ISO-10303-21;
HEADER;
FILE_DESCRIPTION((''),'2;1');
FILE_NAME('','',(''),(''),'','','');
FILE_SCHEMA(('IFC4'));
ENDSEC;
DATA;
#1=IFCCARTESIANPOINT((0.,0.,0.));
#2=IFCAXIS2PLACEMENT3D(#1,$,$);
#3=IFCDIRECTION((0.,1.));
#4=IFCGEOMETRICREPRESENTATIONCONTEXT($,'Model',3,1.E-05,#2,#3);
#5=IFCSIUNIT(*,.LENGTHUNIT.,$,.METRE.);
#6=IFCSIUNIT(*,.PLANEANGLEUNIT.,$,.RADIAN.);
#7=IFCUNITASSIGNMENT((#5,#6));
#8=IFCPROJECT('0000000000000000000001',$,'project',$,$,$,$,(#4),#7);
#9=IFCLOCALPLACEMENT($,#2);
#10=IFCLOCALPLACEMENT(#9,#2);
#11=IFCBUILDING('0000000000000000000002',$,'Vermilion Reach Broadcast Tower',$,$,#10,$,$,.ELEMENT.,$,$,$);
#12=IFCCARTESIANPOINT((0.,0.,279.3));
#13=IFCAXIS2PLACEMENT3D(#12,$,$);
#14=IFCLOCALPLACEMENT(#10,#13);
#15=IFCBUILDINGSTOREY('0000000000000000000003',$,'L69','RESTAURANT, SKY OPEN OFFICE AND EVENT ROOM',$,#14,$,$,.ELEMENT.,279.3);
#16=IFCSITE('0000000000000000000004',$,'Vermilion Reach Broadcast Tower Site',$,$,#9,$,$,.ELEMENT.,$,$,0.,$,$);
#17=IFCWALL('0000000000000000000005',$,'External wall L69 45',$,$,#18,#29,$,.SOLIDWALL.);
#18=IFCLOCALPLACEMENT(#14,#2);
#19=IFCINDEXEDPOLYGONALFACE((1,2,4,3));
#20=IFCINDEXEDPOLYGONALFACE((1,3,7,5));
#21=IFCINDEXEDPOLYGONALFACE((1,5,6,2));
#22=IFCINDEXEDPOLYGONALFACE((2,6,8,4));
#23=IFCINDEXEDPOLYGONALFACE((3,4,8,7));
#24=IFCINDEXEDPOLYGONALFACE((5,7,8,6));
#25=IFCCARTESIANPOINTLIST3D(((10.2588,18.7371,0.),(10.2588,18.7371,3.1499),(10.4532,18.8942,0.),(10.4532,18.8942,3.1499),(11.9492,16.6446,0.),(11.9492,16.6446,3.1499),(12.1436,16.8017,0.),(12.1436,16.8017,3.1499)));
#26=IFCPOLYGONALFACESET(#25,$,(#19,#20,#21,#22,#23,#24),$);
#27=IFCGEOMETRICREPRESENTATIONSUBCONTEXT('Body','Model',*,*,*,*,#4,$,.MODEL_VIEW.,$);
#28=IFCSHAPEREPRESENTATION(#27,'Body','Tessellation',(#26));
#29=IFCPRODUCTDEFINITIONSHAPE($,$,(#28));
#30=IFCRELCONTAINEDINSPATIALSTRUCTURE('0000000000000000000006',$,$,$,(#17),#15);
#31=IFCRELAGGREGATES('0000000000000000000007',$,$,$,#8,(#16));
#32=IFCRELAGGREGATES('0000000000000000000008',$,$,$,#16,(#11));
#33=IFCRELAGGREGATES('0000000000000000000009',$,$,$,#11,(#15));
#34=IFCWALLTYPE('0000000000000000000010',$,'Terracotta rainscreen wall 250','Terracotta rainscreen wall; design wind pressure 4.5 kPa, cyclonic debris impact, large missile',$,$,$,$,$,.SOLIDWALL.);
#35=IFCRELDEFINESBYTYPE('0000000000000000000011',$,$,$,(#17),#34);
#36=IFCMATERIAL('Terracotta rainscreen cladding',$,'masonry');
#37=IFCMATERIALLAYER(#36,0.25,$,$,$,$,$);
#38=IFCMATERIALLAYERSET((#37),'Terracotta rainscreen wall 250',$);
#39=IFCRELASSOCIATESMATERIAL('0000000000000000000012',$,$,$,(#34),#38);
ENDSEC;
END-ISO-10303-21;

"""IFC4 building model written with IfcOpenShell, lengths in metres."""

from ifc_helpers import new_model, si_unit, direction, frame, frame_2d, origin, place, context, subcontext, project, spatial, rectangle, extrude, material, layer, layer_set, type_object, element, save


model = new_model("IFC4")

# Units and contexts
model_context = context("Model", 3, precision=1e-05, world=origin(), true_north=direction((0.0, 1.0)))
body_context = subcontext(model_context, "Body", "Model", "MODEL_VIEW")
ifc_project = project(units=[si_unit("LENGTHUNIT", "METRE"), si_unit("PLANEANGLEUNIT", "RADIAN")], contexts=[model_context])

# Site, building, storey
site_placement = place(None, origin())
site = spatial("IfcSite", under=ifc_project, at=site_placement, Name="Vermilion Reach Broadcast Tower Site", CompositionType="ELEMENT", RefElevation=0.0)
building_placement = place(site_placement, origin())
building = spatial("IfcBuilding", under=site, at=building_placement, Name="Vermilion Reach Broadcast Tower", CompositionType="ELEMENT")
storey_placement = place(building_placement, frame((0.0, 0.0, 279.3)))
storey = spatial("IfcBuildingStorey", under=building, at=storey_placement, Name="L69", Description="RESTAURANT, SKY OPEN OFFICE AND EVENT ROOM", CompositionType="ELEMENT", Elevation=279.3)

# Shared definitions
ifc_material_1 = material(Name="Terracotta rainscreen cladding", Category="masonry")
ifc_layer_1 = layer(ifc_material_1, 0.25)
ifc_layer_set_1 = layer_set([ifc_layer_1], Name="Terracotta rainscreen wall 250")
wall_type_1 = type_object("IfcWallType", Name="Terracotta rainscreen wall 250", Description="Terracotta rainscreen wall; design wind pressure 4.5 kPa, cyclonic debris impact, large missile", PredefinedType="SOLIDWALL", material=ifc_layer_set_1)

# Wall
wall_1_placement = place(storey_placement, frame((12.0464, 16.7231, 0.0), z_axis=(0.0, 0.0, 1.0), x_axis=(-0.628407, 0.777885, 0.0)))
element("IfcWall", 1, at=wall_1_placement, inside=storey, type_object=wall_type_1, Name="External wall L69 45", PredefinedType="SOLIDWALL", context=body_context, shape_type="SweptSolid", body=[
    extrude(rectangle(XDim=2.6899, YDim=0.25, at=frame_2d((1.345, 0.0))), origin(), (0.0, 0.0, 1.0), 3.1499),
])

save(model, "model.ifc")
